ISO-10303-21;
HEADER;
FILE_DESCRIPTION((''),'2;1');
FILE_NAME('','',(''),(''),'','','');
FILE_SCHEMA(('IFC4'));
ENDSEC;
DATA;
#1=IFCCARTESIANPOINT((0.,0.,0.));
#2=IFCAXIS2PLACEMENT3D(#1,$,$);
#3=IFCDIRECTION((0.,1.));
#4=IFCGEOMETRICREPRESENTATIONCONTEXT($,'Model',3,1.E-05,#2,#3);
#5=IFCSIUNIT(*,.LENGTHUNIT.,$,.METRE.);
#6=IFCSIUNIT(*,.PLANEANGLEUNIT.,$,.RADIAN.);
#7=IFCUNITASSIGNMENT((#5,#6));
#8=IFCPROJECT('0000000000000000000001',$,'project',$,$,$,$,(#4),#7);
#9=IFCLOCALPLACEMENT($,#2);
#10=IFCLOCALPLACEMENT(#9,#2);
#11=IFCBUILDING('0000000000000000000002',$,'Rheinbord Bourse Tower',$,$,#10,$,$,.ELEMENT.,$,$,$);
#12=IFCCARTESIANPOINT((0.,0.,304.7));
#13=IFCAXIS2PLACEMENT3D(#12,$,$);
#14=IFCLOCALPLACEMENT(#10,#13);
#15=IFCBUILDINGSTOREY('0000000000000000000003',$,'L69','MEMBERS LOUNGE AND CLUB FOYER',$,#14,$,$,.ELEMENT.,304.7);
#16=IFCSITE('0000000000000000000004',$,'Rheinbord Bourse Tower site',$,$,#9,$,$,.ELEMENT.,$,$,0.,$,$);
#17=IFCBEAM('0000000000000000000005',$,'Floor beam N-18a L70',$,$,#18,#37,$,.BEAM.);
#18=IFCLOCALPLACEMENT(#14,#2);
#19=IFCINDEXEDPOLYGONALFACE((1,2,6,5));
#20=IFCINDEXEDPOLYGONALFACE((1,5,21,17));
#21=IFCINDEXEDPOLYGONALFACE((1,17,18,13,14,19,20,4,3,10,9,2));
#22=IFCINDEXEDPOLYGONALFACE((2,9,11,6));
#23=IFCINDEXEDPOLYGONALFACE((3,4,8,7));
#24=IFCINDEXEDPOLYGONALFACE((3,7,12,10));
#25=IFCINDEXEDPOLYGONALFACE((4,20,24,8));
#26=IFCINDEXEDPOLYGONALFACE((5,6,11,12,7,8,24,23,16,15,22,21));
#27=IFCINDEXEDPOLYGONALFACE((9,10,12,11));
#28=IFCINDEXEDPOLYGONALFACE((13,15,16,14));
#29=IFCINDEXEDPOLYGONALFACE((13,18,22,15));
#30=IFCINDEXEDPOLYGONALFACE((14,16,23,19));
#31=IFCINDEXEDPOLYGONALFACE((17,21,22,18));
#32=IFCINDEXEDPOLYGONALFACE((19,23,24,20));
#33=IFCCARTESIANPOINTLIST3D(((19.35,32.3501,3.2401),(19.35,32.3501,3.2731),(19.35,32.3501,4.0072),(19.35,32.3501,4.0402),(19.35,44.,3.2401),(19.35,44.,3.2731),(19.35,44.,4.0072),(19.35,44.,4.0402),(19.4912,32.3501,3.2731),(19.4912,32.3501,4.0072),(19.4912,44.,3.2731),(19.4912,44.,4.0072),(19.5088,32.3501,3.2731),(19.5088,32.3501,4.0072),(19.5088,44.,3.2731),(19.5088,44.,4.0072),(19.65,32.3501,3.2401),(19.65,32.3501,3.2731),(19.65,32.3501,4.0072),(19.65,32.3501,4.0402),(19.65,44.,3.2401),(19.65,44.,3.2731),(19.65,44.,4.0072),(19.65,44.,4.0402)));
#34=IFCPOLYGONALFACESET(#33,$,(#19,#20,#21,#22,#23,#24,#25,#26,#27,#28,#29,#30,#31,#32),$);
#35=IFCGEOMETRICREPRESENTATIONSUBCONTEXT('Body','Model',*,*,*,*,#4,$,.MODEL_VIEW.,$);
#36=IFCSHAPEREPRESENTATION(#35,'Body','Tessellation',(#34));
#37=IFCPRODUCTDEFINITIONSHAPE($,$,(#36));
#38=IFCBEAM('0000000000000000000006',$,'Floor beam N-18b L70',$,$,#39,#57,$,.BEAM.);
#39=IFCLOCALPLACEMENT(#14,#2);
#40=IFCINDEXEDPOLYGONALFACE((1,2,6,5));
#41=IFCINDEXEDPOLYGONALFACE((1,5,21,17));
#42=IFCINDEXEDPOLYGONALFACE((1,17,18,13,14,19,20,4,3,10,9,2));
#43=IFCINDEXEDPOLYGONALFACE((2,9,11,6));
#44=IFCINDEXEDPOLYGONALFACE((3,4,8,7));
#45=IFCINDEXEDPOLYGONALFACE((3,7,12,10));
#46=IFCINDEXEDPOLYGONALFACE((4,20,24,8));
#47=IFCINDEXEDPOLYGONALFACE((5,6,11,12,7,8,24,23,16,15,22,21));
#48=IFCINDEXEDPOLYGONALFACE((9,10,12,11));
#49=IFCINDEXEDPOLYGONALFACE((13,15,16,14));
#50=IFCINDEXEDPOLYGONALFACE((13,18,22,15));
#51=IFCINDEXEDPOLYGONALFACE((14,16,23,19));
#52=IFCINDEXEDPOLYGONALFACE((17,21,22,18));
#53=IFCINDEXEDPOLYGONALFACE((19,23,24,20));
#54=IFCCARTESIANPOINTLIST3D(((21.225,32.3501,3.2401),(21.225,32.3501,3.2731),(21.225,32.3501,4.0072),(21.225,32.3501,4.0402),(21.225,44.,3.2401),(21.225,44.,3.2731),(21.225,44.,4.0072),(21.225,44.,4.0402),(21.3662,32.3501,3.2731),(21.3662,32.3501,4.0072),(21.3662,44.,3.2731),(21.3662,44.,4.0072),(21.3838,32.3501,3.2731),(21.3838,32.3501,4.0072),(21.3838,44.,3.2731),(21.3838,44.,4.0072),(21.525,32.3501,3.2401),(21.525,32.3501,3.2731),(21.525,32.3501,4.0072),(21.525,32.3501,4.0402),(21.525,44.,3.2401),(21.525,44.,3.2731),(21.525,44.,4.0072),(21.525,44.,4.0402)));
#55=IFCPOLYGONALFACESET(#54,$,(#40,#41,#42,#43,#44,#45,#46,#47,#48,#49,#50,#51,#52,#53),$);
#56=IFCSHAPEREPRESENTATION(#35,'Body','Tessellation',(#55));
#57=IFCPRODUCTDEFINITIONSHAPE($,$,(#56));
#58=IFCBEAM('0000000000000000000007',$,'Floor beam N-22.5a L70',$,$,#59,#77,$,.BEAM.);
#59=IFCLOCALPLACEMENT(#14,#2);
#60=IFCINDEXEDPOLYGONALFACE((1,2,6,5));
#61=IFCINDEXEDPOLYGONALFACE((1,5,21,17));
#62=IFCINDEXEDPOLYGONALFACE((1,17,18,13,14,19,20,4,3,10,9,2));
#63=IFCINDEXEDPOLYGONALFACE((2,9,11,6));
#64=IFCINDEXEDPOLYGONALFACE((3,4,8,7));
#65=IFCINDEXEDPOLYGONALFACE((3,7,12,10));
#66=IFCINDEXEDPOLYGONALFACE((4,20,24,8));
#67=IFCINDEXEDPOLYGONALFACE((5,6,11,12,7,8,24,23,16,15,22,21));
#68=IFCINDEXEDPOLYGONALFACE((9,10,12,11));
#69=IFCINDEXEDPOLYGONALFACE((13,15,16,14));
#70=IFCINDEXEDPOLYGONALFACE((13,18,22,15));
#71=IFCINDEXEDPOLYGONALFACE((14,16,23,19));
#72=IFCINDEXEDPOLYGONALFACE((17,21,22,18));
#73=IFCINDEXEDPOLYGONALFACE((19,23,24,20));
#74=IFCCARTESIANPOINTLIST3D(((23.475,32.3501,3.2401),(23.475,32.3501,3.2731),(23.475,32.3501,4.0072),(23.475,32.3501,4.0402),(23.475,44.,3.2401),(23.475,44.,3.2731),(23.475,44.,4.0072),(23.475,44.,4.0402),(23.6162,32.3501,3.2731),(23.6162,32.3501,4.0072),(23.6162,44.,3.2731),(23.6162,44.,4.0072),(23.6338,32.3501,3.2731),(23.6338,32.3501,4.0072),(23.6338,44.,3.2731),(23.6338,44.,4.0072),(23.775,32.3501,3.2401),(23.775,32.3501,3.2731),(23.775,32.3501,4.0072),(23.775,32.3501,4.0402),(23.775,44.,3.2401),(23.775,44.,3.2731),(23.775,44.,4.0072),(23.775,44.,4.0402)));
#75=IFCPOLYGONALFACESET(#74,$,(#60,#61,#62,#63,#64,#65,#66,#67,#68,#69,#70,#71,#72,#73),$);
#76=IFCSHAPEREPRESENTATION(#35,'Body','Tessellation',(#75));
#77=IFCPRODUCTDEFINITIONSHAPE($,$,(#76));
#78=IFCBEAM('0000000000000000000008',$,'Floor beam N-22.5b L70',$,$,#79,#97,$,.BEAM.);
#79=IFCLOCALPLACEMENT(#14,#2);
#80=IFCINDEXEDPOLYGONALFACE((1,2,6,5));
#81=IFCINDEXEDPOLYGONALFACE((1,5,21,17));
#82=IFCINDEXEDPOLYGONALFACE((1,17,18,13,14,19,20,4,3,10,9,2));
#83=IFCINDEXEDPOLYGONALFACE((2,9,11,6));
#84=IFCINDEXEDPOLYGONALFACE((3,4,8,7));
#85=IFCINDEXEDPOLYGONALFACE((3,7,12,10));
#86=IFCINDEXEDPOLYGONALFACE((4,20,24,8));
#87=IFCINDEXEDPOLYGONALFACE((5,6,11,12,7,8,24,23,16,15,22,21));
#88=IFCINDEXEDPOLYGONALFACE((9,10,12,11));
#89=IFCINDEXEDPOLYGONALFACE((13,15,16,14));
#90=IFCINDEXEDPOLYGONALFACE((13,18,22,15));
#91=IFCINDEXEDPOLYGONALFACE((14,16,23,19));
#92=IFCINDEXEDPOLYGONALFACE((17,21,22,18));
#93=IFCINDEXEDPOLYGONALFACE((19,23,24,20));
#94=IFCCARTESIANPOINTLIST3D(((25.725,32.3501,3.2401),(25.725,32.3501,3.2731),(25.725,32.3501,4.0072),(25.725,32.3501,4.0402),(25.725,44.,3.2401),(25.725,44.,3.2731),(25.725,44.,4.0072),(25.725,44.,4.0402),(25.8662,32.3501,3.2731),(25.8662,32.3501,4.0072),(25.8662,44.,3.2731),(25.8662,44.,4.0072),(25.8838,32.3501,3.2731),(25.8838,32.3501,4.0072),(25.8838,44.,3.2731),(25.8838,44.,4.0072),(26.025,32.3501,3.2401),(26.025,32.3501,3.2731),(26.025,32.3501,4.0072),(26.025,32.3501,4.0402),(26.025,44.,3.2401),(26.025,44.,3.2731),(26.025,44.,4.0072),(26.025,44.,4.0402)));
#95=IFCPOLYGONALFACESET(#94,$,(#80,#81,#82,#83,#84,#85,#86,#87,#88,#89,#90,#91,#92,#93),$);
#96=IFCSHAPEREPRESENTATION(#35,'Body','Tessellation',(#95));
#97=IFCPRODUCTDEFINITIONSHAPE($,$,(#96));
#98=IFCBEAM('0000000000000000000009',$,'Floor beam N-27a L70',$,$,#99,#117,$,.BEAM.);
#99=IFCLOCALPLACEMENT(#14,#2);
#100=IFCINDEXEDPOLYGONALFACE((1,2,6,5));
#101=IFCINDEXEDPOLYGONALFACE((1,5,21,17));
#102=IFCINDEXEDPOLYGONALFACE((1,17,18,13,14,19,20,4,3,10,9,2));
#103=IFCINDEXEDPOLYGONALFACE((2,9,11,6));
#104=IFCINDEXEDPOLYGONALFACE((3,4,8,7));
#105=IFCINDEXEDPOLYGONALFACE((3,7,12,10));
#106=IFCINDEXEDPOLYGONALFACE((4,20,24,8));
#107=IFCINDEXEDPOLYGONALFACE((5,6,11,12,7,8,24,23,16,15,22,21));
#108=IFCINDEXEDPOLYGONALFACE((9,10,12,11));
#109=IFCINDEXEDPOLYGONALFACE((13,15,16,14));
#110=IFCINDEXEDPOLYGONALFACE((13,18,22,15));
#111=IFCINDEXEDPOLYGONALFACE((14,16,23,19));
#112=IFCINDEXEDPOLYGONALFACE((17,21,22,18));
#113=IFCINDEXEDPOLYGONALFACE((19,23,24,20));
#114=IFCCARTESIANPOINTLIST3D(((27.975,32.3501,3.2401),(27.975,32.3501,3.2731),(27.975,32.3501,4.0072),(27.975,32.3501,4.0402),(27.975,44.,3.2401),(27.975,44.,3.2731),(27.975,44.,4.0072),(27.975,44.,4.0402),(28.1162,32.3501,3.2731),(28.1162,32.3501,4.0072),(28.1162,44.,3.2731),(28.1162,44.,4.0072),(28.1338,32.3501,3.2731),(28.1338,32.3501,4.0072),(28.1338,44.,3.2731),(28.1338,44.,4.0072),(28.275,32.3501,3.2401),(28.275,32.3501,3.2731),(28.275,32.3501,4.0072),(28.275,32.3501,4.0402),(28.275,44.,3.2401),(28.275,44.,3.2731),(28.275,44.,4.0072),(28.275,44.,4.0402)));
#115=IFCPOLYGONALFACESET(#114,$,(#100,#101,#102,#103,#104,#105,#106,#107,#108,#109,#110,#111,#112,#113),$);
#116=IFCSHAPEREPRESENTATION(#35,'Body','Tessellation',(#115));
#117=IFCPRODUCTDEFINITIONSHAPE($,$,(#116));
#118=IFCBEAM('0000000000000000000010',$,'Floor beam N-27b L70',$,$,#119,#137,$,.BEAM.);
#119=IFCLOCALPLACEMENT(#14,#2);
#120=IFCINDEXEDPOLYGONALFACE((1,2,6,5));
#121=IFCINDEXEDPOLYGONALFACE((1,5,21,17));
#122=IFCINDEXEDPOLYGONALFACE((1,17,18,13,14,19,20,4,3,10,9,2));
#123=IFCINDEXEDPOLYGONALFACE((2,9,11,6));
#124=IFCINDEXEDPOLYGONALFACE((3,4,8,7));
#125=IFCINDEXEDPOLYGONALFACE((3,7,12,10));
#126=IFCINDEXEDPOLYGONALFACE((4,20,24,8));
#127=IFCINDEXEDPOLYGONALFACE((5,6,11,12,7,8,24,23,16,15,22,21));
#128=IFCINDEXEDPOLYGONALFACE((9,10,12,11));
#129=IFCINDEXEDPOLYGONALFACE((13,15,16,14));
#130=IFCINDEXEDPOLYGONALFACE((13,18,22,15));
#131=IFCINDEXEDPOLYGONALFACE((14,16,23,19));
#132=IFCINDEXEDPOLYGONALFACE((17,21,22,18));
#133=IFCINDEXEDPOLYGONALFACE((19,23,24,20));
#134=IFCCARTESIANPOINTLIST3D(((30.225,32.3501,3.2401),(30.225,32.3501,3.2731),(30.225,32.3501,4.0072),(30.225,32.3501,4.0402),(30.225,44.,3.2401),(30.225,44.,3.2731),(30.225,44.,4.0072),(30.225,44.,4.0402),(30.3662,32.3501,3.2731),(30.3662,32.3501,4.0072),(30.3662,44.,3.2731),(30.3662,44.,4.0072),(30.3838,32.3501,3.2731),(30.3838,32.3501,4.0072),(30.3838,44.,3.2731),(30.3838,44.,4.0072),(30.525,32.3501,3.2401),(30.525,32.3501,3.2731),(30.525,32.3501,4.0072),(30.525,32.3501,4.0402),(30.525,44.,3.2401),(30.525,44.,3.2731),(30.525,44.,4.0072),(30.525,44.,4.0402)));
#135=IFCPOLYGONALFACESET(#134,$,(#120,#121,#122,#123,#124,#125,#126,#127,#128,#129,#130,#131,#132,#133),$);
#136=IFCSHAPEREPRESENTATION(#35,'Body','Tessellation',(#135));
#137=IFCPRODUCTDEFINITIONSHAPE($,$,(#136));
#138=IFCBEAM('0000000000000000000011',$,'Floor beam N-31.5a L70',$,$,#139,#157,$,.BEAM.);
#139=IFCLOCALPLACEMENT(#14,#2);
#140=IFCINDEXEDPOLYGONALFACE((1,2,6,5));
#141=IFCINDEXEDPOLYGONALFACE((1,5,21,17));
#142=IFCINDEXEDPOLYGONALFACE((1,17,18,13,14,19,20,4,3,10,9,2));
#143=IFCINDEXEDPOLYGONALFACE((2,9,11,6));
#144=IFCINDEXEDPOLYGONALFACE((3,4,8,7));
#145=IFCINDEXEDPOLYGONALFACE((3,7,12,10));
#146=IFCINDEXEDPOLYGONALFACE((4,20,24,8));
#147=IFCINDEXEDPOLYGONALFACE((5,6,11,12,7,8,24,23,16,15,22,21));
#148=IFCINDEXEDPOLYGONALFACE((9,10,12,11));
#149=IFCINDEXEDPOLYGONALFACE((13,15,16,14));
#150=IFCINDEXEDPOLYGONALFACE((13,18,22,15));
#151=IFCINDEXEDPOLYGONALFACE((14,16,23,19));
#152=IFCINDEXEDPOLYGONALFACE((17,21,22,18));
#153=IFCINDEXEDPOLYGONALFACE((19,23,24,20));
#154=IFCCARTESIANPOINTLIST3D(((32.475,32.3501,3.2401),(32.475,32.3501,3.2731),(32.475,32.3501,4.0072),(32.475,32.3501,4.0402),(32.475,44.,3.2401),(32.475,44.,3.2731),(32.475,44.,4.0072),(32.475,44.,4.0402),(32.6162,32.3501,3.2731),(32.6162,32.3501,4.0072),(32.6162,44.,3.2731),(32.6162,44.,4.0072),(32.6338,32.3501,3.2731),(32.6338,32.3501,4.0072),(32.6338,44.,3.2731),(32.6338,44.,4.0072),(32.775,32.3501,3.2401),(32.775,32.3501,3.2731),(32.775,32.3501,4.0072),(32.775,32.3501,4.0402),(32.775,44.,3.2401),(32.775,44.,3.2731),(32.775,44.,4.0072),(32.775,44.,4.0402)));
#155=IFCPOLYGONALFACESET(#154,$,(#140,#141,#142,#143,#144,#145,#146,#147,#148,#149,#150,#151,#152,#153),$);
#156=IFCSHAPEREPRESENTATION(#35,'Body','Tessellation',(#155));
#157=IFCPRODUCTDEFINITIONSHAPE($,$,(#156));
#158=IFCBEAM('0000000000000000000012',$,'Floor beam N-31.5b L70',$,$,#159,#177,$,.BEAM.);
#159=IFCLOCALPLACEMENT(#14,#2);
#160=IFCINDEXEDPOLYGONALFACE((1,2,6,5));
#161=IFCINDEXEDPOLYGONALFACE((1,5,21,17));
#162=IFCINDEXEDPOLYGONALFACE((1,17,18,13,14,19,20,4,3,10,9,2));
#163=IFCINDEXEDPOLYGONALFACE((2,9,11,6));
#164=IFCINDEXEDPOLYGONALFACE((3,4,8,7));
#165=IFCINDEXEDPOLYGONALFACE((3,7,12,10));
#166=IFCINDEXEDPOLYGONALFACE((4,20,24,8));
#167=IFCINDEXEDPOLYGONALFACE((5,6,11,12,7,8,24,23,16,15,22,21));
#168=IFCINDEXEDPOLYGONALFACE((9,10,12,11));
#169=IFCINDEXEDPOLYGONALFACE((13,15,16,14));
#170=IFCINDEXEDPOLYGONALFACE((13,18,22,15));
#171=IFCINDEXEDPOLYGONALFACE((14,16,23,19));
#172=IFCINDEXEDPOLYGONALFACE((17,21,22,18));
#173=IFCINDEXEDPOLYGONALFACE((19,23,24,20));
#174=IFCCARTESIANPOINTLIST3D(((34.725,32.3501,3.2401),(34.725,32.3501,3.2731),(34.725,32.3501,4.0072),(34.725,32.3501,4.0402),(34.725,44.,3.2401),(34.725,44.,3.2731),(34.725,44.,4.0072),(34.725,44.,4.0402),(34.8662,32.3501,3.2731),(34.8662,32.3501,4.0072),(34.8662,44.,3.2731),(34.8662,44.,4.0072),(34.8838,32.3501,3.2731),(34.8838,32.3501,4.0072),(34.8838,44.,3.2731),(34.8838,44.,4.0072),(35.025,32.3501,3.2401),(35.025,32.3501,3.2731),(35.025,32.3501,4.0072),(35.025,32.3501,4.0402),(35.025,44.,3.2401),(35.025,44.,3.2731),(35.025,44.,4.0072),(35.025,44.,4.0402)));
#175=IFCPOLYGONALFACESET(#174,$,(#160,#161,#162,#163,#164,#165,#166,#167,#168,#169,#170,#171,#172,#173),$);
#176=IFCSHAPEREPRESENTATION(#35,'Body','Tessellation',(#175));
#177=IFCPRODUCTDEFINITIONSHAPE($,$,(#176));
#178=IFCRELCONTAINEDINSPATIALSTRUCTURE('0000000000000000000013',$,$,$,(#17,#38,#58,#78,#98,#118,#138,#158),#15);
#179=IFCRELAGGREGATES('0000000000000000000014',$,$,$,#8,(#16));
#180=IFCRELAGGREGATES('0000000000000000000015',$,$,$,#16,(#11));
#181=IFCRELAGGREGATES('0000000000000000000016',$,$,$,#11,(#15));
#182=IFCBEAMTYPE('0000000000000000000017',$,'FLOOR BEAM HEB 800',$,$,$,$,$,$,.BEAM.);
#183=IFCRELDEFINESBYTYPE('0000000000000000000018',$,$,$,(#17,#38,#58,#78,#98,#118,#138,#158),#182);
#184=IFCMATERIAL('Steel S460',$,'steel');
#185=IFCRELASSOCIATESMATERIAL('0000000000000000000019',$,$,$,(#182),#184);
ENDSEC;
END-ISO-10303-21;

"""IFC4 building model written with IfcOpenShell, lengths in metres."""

from ifc_helpers import new_model, si_unit, direction, frame, origin, origin_2d, place, context, subcontext, project, spatial, i_section, extrude, material, material_profile, profile_set, type_object, element, save


model = new_model("IFC4")

# Units and contexts
model_context = context("Model", 3, precision=1e-05, world=origin(), true_north=direction((0.0, 1.0)))
body_context = subcontext(model_context, "Body", "Model", "MODEL_VIEW")
ifc_project = project(units=[si_unit("LENGTHUNIT", "METRE"), si_unit("PLANEANGLEUNIT", "RADIAN")], contexts=[model_context])

# Site, building, storey
site_placement = place(None, origin())
site = spatial("IfcSite", under=ifc_project, at=site_placement, Name="Rheinbord Bourse Tower site", CompositionType="ELEMENT", RefElevation=0.0)
building_placement = place(site_placement, origin())
building = spatial("IfcBuilding", under=site, at=building_placement, Name="Rheinbord Bourse Tower", CompositionType="ELEMENT")
storey_placement = place(building_placement, frame((0.0, 0.0, 304.7)))
storey = spatial("IfcBuildingStorey", under=building, at=storey_placement, Name="L69", Description="MEMBERS LOUNGE AND CLUB FOYER", CompositionType="ELEMENT", Elevation=304.7)

# Beams
ifc_material_1 = material(Name="Steel S460", Category="steel")
ifc_material_profile_1 = material_profile(ifc_material_1, i_section(OverallWidth=0.3, OverallDepth=0.8, WebThickness=0.0176, FlangeThickness=0.033, at=origin_2d()), Name="HEB 800")
ifc_profile_set_1 = profile_set([ifc_material_profile_1], Name="Steel S460")
beam_type_1 = type_object("IfcBeamType", Name="FLOOR BEAM HEB 800", PredefinedType="BEAM", material=ifc_profile_set_1)
for number, where, z_axis, x_axis, name in (
    (1, (19.5, 44.0, 3.6401), (0.0, -1.0, 0.0), (1.0, 0.0, 0.0), "Floor beam N-18a L70"),
    (2, (21.375, 44.0, 3.6401), (0.0, -1.0, 0.0), (1.0, 0.0, 0.0), "Floor beam N-18b L70"),
    (3, (23.625, 44.0, 3.6401), (0.0, -1.0, 0.0), (1.0, 0.0, 0.0), "Floor beam N-22.5a L70"),
    (4, (25.875, 44.0, 3.6401), (0.0, -1.0, 0.0), (1.0, 0.0, 0.0), "Floor beam N-22.5b L70"),
    (5, (28.125, 44.0, 3.6401), (0.0, -1.0, 0.0), (1.0, 0.0, 0.0), "Floor beam N-27a L70"),
    (6, (30.375, 44.0, 3.6401), (0.0, -1.0, 0.0), (1.0, 0.0, 0.0), "Floor beam N-27b L70"),
    (7, (32.625, 44.0, 3.6401), (0.0, -1.0, 0.0), (1.0, 0.0, 0.0), "Floor beam N-31.5a L70"),
    (8, (34.875, 44.0, 3.6401), (0.0, -1.0, 0.0), (1.0, 0.0, 0.0), "Floor beam N-31.5b L70"),
):
    element("IfcBeam", number, at=place(storey_placement, frame(where, z_axis=z_axis, x_axis=x_axis)), inside=storey, type_object=beam_type_1, Name=name, PredefinedType="BEAM", context=body_context, shape_type="SweptSolid", body=[
        extrude(i_section(OverallWidth=0.3, OverallDepth=0.8, WebThickness=0.0176, FlangeThickness=0.033, at=origin_2d()), origin(), (0.0, 0.0, 1.0), 11.6499),
    ])

save(model, "model.ifc")
